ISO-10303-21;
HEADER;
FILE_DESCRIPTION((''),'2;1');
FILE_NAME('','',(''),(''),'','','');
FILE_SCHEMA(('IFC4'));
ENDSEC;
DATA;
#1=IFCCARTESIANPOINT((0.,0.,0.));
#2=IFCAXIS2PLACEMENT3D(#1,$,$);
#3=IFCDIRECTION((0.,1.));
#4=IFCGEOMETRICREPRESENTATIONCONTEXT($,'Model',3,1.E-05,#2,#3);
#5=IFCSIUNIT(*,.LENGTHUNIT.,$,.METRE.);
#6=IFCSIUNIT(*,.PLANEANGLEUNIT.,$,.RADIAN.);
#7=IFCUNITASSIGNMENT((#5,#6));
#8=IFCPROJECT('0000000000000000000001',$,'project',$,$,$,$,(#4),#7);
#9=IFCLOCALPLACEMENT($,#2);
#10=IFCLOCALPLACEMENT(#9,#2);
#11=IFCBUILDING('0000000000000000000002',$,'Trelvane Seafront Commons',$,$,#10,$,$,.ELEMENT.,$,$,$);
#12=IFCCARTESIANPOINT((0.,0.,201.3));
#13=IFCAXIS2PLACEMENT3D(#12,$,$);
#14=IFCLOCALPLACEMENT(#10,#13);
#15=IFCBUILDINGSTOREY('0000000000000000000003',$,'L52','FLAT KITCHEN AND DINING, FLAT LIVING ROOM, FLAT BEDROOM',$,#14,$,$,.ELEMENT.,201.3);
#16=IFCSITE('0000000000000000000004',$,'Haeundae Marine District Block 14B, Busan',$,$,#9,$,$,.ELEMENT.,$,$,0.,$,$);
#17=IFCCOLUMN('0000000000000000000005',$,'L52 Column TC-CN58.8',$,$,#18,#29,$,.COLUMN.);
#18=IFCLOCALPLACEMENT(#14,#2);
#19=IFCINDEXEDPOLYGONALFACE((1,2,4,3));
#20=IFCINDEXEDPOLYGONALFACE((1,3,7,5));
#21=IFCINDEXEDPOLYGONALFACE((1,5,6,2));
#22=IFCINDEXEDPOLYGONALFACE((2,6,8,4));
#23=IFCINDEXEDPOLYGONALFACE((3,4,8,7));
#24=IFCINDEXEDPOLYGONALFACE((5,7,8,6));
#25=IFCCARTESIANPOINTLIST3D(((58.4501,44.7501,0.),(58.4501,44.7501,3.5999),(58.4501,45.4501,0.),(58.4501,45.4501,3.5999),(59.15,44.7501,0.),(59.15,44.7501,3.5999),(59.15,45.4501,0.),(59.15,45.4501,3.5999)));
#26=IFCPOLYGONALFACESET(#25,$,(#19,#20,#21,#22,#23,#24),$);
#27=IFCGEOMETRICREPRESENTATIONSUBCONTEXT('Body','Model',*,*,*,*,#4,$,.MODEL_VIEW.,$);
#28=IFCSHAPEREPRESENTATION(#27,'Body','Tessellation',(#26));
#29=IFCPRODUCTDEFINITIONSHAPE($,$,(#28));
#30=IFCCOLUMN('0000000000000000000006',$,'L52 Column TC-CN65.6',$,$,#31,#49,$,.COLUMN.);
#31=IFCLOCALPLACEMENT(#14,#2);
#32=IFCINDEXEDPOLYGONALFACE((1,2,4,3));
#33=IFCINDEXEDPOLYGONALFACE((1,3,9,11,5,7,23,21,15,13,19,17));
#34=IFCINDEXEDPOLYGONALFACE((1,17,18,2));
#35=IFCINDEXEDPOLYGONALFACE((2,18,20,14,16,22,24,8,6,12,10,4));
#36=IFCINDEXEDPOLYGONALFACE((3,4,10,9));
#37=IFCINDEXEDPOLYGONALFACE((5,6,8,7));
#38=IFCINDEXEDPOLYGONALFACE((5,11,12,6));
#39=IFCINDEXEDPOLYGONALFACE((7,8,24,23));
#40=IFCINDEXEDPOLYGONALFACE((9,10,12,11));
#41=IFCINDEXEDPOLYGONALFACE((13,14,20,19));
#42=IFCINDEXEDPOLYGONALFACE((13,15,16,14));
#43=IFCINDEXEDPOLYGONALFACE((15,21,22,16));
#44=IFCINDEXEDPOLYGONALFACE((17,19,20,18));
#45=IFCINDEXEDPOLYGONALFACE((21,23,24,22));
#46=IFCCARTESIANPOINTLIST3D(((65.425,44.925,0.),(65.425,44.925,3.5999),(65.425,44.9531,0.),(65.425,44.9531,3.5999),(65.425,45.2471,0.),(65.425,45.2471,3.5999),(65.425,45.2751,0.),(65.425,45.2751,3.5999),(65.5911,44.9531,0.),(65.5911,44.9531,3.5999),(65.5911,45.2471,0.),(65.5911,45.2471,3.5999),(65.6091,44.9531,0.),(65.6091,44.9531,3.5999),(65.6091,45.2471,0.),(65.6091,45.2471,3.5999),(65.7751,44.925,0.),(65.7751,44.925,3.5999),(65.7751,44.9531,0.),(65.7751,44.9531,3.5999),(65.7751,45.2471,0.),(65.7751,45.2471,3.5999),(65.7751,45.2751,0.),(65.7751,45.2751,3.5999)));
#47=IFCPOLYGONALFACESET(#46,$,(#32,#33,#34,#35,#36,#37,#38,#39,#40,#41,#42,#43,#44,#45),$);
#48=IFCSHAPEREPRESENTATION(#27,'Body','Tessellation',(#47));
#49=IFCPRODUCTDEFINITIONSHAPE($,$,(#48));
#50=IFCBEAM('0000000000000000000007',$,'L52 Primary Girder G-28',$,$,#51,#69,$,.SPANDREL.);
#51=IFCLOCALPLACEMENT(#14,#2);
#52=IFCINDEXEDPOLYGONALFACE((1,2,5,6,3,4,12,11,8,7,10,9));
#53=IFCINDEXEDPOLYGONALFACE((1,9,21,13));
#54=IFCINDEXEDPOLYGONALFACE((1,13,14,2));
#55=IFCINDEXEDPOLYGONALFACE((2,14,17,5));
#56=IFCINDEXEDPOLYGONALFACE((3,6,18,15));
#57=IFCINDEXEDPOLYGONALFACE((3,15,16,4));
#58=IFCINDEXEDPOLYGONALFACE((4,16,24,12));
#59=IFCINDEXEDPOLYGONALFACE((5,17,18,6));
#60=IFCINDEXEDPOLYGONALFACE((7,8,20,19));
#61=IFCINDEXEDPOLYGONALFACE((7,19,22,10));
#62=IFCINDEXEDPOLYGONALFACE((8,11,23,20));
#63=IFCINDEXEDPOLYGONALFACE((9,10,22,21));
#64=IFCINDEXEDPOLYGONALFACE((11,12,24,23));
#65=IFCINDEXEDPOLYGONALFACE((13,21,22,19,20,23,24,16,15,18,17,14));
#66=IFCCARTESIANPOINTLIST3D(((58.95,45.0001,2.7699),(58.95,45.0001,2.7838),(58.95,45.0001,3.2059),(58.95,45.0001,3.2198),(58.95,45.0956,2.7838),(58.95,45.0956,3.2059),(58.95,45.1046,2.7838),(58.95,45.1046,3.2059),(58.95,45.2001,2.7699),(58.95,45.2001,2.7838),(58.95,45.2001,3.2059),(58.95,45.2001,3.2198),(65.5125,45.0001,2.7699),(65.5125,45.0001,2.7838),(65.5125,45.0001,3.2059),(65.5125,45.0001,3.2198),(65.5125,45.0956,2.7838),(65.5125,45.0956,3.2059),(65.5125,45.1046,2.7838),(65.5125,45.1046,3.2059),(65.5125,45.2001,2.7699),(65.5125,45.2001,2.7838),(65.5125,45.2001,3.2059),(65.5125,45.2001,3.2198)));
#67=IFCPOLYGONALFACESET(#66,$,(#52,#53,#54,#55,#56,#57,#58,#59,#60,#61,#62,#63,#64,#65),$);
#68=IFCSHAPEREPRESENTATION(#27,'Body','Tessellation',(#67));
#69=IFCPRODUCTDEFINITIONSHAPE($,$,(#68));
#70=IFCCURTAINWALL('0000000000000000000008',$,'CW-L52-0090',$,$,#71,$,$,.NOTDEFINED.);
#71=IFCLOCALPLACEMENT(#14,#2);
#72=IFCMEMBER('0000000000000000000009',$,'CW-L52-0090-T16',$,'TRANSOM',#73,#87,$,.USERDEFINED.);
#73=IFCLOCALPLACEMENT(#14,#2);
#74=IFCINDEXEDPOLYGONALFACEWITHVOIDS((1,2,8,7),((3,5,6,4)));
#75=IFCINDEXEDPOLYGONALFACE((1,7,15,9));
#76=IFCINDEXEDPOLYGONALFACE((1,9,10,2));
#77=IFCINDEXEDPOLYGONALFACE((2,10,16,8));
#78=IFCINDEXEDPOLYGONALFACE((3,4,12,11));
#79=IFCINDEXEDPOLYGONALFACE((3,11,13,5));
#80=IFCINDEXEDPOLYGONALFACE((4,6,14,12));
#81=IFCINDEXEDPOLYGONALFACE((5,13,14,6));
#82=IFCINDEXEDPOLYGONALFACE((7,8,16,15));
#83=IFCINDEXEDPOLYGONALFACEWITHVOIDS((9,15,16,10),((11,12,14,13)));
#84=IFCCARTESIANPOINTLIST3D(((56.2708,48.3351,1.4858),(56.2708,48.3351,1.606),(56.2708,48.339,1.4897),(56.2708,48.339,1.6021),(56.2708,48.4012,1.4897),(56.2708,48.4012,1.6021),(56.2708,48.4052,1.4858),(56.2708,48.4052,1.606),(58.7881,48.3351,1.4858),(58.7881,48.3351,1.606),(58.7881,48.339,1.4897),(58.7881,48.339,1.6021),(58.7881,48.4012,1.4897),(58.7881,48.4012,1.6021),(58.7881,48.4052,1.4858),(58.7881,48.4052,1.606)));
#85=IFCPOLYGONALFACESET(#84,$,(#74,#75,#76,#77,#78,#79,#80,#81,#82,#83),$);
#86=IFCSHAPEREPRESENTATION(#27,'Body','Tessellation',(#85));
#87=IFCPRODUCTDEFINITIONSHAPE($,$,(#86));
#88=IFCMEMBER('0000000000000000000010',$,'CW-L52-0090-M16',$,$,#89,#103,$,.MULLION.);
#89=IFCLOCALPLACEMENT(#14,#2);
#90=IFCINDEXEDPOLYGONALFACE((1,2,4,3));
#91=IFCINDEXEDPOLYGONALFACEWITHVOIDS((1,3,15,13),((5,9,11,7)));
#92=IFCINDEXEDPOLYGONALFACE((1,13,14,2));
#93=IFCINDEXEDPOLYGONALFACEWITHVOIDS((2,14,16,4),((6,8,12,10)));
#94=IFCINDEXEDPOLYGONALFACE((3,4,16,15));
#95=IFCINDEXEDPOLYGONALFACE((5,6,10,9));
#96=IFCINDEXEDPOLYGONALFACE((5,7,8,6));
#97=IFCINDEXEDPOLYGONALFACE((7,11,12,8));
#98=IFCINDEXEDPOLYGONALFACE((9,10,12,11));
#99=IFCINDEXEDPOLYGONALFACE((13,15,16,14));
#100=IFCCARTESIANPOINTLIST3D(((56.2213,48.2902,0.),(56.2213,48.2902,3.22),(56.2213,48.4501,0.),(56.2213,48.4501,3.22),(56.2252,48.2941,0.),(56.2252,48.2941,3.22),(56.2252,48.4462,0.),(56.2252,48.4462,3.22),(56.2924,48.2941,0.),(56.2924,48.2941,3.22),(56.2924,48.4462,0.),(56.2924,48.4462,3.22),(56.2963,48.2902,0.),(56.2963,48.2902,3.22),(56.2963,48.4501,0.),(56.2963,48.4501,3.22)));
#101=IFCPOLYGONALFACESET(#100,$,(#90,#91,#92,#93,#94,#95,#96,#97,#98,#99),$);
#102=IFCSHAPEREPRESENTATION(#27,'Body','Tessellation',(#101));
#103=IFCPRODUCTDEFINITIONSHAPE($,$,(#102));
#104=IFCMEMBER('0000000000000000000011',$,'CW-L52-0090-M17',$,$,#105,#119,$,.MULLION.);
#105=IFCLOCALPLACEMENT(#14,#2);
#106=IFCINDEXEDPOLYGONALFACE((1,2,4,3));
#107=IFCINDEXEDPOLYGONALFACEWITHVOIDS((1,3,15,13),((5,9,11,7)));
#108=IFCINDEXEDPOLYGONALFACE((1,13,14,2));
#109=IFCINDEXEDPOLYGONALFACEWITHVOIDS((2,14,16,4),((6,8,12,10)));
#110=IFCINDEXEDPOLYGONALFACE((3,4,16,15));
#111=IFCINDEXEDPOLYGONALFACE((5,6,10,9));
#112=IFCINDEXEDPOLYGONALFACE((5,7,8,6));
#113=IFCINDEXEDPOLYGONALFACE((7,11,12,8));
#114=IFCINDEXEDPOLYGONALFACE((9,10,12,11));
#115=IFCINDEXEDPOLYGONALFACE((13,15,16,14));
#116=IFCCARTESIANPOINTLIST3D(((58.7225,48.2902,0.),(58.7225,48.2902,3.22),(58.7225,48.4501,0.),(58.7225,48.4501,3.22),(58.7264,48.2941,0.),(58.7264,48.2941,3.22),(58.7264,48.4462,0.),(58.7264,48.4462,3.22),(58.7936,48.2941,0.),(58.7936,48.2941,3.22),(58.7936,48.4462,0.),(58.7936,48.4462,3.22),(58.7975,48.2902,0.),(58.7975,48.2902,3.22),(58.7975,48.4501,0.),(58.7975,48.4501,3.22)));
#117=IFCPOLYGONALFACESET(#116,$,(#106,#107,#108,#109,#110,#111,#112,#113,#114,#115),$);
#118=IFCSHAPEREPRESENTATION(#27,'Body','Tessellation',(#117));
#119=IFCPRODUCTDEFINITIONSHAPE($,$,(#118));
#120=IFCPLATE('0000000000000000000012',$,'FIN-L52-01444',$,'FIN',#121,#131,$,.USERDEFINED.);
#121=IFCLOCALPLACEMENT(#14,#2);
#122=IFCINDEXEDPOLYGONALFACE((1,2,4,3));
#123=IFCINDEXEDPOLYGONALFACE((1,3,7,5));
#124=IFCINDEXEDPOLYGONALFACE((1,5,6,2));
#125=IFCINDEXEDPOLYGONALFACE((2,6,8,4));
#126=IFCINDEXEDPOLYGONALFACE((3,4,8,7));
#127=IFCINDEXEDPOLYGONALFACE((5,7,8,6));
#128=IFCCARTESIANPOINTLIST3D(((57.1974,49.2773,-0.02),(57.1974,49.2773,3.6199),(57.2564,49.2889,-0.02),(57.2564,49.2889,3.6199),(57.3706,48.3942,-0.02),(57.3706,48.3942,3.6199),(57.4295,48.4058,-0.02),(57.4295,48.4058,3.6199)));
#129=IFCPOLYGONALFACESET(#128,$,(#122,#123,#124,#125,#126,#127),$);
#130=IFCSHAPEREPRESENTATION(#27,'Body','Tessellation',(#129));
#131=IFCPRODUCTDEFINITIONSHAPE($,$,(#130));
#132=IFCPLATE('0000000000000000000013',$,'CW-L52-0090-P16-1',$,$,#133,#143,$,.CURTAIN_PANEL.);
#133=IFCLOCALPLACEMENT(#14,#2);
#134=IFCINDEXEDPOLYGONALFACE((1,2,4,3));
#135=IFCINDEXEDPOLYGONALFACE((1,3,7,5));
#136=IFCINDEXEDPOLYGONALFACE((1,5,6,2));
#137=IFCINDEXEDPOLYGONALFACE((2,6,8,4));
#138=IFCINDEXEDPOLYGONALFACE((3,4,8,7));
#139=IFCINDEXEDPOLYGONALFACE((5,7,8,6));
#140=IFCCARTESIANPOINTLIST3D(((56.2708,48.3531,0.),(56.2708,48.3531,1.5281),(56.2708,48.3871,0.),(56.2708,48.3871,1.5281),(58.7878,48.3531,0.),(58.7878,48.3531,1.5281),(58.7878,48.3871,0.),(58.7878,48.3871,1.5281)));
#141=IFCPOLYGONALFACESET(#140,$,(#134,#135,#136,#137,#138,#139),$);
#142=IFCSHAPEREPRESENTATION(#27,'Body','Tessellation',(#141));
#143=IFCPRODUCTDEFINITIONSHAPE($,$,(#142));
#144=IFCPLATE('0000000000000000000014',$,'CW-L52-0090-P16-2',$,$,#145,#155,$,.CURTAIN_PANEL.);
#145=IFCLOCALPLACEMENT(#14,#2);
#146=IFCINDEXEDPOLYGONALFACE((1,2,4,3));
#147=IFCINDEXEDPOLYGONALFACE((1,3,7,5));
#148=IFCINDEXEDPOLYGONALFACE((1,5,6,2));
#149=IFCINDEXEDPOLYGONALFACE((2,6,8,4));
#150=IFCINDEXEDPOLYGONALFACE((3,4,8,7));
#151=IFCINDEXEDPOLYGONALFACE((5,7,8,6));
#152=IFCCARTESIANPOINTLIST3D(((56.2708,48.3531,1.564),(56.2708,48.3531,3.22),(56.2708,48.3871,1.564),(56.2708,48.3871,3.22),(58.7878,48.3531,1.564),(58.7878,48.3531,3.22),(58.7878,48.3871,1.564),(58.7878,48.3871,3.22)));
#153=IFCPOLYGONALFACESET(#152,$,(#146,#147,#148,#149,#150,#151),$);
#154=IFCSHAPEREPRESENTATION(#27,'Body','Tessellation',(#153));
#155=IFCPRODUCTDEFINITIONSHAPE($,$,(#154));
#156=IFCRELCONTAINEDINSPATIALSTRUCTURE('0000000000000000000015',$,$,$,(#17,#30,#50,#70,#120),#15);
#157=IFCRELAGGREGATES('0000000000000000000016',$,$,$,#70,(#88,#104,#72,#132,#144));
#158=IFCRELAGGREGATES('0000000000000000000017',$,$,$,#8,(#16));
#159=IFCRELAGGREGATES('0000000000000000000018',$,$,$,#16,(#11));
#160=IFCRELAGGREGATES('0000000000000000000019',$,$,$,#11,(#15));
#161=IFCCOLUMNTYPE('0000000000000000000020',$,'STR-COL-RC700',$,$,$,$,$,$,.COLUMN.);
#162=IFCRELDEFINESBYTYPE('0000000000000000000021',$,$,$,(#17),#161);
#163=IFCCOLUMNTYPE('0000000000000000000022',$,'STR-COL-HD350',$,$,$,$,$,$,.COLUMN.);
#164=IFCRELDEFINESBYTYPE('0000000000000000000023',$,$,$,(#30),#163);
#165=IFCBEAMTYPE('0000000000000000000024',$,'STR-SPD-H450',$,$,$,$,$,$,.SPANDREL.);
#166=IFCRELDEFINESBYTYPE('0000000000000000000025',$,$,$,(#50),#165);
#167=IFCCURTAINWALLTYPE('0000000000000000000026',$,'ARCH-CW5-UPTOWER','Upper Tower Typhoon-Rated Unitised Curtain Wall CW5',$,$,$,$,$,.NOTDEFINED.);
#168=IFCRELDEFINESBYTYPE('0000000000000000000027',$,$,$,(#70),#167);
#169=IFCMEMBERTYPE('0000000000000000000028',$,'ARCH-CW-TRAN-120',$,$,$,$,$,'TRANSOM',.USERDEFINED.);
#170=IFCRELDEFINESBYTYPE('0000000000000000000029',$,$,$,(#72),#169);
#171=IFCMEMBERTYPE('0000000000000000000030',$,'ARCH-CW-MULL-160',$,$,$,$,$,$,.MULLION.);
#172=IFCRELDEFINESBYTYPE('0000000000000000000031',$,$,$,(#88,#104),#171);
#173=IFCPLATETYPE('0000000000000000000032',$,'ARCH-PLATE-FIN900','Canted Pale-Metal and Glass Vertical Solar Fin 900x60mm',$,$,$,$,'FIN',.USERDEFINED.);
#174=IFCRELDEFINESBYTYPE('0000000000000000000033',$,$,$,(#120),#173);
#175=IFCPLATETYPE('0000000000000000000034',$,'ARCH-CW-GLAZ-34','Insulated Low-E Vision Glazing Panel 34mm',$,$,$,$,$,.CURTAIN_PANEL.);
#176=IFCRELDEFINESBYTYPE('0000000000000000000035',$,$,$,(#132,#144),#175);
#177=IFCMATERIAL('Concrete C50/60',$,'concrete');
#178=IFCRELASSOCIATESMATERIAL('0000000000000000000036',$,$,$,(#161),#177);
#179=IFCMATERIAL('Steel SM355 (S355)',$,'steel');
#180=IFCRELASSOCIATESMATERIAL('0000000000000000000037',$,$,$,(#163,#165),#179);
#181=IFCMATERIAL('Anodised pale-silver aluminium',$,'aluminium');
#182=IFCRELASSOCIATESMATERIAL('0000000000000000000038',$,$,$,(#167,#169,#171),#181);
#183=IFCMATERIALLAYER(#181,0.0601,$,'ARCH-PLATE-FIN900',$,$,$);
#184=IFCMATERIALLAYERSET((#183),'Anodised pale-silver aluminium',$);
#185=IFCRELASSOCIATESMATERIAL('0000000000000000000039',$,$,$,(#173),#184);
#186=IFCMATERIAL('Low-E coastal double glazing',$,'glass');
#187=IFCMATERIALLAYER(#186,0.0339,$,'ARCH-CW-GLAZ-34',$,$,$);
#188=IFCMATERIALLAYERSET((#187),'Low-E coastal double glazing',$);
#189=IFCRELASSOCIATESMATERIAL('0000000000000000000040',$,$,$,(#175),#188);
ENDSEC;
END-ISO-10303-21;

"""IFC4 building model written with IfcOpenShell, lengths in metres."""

from ifc_helpers import new_model, si_unit, direction, frame, origin, origin_2d, place, context, subcontext, project, spatial, rectangle, hollow_rectangle, i_section, extrude, source, transform, mapped, material, layer, layer_set, material_profile, profile_set, type_object, element, aggregate, save


model = new_model("IFC4")

# Units and contexts
model_context = context("Model", 3, precision=1e-05, world=origin(), true_north=direction((0.0, 1.0)))
body_context = subcontext(model_context, "Body", "Model", "MODEL_VIEW")
ifc_project = project(units=[si_unit("LENGTHUNIT", "METRE"), si_unit("PLANEANGLEUNIT", "RADIAN")], contexts=[model_context])

# Site, building, storey
site_placement = place(None, origin())
site = spatial("IfcSite", under=ifc_project, at=site_placement, Name="Haeundae Marine District Block 14B, Busan", CompositionType="ELEMENT", RefElevation=0.0)
building_placement = place(site_placement, origin())
building = spatial("IfcBuilding", under=site, at=building_placement, Name="Trelvane Seafront Commons", CompositionType="ELEMENT")
storey_placement = place(building_placement, frame((0.0, 0.0, 201.3)))
storey = spatial("IfcBuildingStorey", under=building, at=storey_placement, Name="L52", Description="FLAT KITCHEN AND DINING, FLAT LIVING ROOM, FLAT BEDROOM", CompositionType="ELEMENT", Elevation=201.3)

# Columns
ifc_material_1 = material(Name="Concrete C50/60", Category="concrete")
ifc_material_profile_1 = material_profile(ifc_material_1, rectangle(XDim=0.7, YDim=0.7, at=origin_2d()), Name="RC-700x700")
ifc_profile_set_1 = profile_set([ifc_material_profile_1], Name="Concrete C50/60")
column_type_1 = type_object("IfcColumnType", Name="STR-COL-RC700", PredefinedType="COLUMN", material=ifc_profile_set_1)
shared_shape_1 = source(origin(), body_context, "Body", "SweptSolid", [
    extrude(rectangle(XDim=0.7, YDim=0.7, at=origin_2d()), origin(), (0.0, 0.0, 1.0), 3.5999),
])
column_1_placement = place(storey_placement, frame((58.8, 45.1001, 0.0), z_axis=(0.0, 0.0, 1.0), x_axis=(1.0, 0.0, 0.0)))
element("IfcColumn", 1, at=column_1_placement, inside=storey, type_object=column_type_1, Name="L52 Column TC-CN58.8", PredefinedType="COLUMN", context=body_context, shape_type="MappedRepresentation", body=[
    mapped(shared_shape_1, transform((0.0, 0.0, 0.0), x_axis=(1.0, 0.0, 0.0), y_axis=(0.0, 1.0, 0.0), z_axis=(0.0, 0.0, 1.0), scale=1.0)),
])
ifc_material_2 = material(Name="Steel SM355 (S355)", Category="steel")
ifc_material_profile_2 = material_profile(ifc_material_2, i_section(OverallWidth=0.3501, OverallDepth=0.3501, WebThickness=0.0181, FlangeThickness=0.0281, at=origin_2d()), Name="HD-350x350x18x28")
ifc_profile_set_2 = profile_set([ifc_material_profile_2], Name="Steel SM355 (S355)")
column_type_2 = type_object("IfcColumnType", Name="STR-COL-HD350", PredefinedType="COLUMN", material=ifc_profile_set_2)
shared_shape_2 = source(origin(), body_context, "Body", "SweptSolid", [
    extrude(i_section(OverallWidth=0.3501, OverallDepth=0.3501, WebThickness=0.0181, FlangeThickness=0.0281, at=origin_2d()), origin(), (0.0, 0.0, 1.0), 3.5999),
])
column_2_placement = place(storey_placement, frame((65.6001, 45.1001, 0.0), z_axis=(0.0, 0.0, 1.0), x_axis=(1.0, 0.0, 0.0)))
element("IfcColumn", 2, at=column_2_placement, inside=storey, type_object=column_type_2, Name="L52 Column TC-CN65.6", PredefinedType="COLUMN", context=body_context, shape_type="MappedRepresentation", body=[
    mapped(shared_shape_2, transform((0.0, 0.0, 0.0), x_axis=(1.0, 0.0, 0.0), y_axis=(0.0, 1.0, 0.0), z_axis=(0.0, 0.0, 1.0), scale=1.0)),
])

# Beam
ifc_material_profile_3 = material_profile(ifc_material_2, i_section(OverallWidth=0.2, OverallDepth=0.45, WebThickness=0.009, FlangeThickness=0.0139, at=origin_2d()), Name="H-450x200x9x14")
ifc_profile_set_3 = profile_set([ifc_material_profile_3], Name="Steel SM355 (S355)")
beam_type = type_object("IfcBeamType", Name="STR-SPD-H450", PredefinedType="SPANDREL", material=ifc_profile_set_3)
shared_shape_3 = source(origin(), body_context, "Body", "SweptSolid", [
    extrude(i_section(OverallWidth=0.2, OverallDepth=0.45, WebThickness=0.009, FlangeThickness=0.0139, at=origin_2d()), origin(), (0.0, 0.0, 1.0), 6.5625),
])
beam_placement = place(storey_placement, frame((58.95, 45.1001, 2.9949), z_axis=(1.0, 0.0, 0.0), x_axis=(0.0, 1.0, 0.0)))
element("IfcBeam", 3, at=beam_placement, inside=storey, type_object=beam_type, Name="L52 Primary Girder G-28", PredefinedType="SPANDREL", context=body_context, shape_type="MappedRepresentation", body=[
    mapped(shared_shape_3, transform((0.0, 0.0, 0.0), x_axis=(1.0, 0.0, 0.0), y_axis=(0.0, 1.0, 0.0), z_axis=(0.0, 0.0, 1.0), scale=1.0)),
])

# Curtain wall, members
ifc_material_3 = material(Name="Anodised pale-silver aluminium", Category="aluminium")
curtain_wall_type = type_object("IfcCurtainWallType", Name="ARCH-CW5-UPTOWER", Description="Upper Tower Typhoon-Rated Unitised Curtain Wall CW5", PredefinedType="NOTDEFINED", material=ifc_material_3)
curtain_wall_placement = place(storey_placement, origin())
curtain_wall = element("IfcCurtainWall", 4, at=curtain_wall_placement, inside=storey, type_object=curtain_wall_type, Name="CW-L52-0090", PredefinedType="NOTDEFINED")
ifc_material_profile_4 = material_profile(ifc_material_3, hollow_rectangle(XDim=0.0701, YDim=0.1201, WallThickness=0.0039, at=origin_2d()), Name="TRAN-70x120x4")
ifc_profile_set_4 = profile_set([ifc_material_profile_4], Name="Anodised pale-silver aluminium")
member_type_1 = type_object("IfcMemberType", Name="ARCH-CW-TRAN-120", ElementType="TRANSOM", PredefinedType="USERDEFINED", material=ifc_profile_set_4)
shared_shape_4 = source(origin(), body_context, "Body", "SweptSolid", [
    extrude(hollow_rectangle(XDim=0.0701, YDim=0.1201, WallThickness=0.0039, at=origin_2d()), origin(), (0.0, 0.0, 1.0), 2.5173),
])
member_1_placement = place(storey_placement, frame((56.2708, 48.3701, 1.5459), z_axis=(1.0, 0.0, 0.0), x_axis=(0.0, 1.0, 0.0)))
member_1 = element("IfcMember", 5, at=member_1_placement, type_object=member_type_1, Name="CW-L52-0090-T16", ObjectType="TRANSOM", PredefinedType="USERDEFINED", context=body_context, shape_type="MappedRepresentation", body=[
    mapped(shared_shape_4, transform((0.0, 0.0, 0.0), x_axis=(1.0, 0.0, 0.0), y_axis=(0.0, 1.0, 0.0), z_axis=(0.0, 0.0, 1.0), scale=1.0)),
])
ifc_material_profile_5 = material_profile(ifc_material_3, hollow_rectangle(XDim=0.075, YDim=0.1599, WallThickness=0.0039, at=origin_2d()), Name="MULL-75x160x4")
ifc_profile_set_5 = profile_set([ifc_material_profile_5], Name="Anodised pale-silver aluminium")
member_type_2 = type_object("IfcMemberType", Name="ARCH-CW-MULL-160", PredefinedType="MULLION", material=ifc_profile_set_5)
shared_shape_5 = source(origin(), body_context, "Body", "SweptSolid", [
    extrude(hollow_rectangle(XDim=0.075, YDim=0.1599, WallThickness=0.0039, at=origin_2d()), origin(), (0.0, 0.0, 1.0), 3.22),
])
member_2_placement = place(storey_placement, frame((56.2588, 48.3701, 0.0), z_axis=(0.0, 0.0, 1.0), x_axis=(1.0, 0.0, 0.0)))
member_2 = element("IfcMember", 6, at=member_2_placement, type_object=member_type_2, Name="CW-L52-0090-M16", PredefinedType="MULLION", context=body_context, shape_type="MappedRepresentation", body=[
    mapped(shared_shape_5, transform((0.0, 0.0, 0.0), x_axis=(1.0, 0.0, 0.0), y_axis=(0.0, 1.0, 0.0), z_axis=(0.0, 0.0, 1.0), scale=1.0)),
])
member_3_placement = place(storey_placement, frame((58.76, 48.3701, 0.0), z_axis=(0.0, 0.0, 1.0), x_axis=(1.0, 0.0, 0.0)))
member_3 = element("IfcMember", 7, at=member_3_placement, type_object=member_type_2, Name="CW-L52-0090-M17", PredefinedType="MULLION", context=body_context, shape_type="MappedRepresentation", body=[
    mapped(shared_shape_5, transform((0.0, 0.0, 0.0), x_axis=(1.0, 0.0, 0.0), y_axis=(0.0, 1.0, 0.0), z_axis=(0.0, 0.0, 1.0), scale=1.0)),
])

# Plates
ifc_layer_1 = layer(ifc_material_3, 0.0601, Name="ARCH-PLATE-FIN900")
ifc_layer_set_1 = layer_set([ifc_layer_1], Name="Anodised pale-silver aluminium")
plate_type_1 = type_object("IfcPlateType", Name="ARCH-PLATE-FIN900", Description="Canted Pale-Metal and Glass Vertical Solar Fin 900x60mm", ElementType="FIN", PredefinedType="USERDEFINED", material=ifc_layer_set_1)
shared_shape_6 = source(origin(), body_context, "Body", "SweptSolid", [
    extrude(rectangle(XDim=0.8999, YDim=0.0601, at=origin_2d()), origin(), (0.0, 0.0, 1.0), 3.6399),
])
plate_1_placement = place(storey_placement, frame((57.3135, 48.8416, -0.02), z_axis=(0.0, 0.0, 1.0), x_axis=(-0.19244, 0.981309, 0.0)))
element("IfcPlate", 8, at=plate_1_placement, inside=storey, type_object=plate_type_1, Name="FIN-L52-01444", ObjectType="FIN", PredefinedType="USERDEFINED", context=body_context, shape_type="MappedRepresentation", body=[
    mapped(shared_shape_6, transform((0.0, 0.0, 0.0), x_axis=(1.0, 0.0, 0.0), y_axis=(0.0, 1.0, 0.0), z_axis=(0.0, 0.0, 1.0), scale=1.0)),
])
ifc_material_4 = material(Name="Low-E coastal double glazing", Category="glass")
ifc_layer_2 = layer(ifc_material_4, 0.0339, Name="ARCH-CW-GLAZ-34")
ifc_layer_set_2 = layer_set([ifc_layer_2], Name="Low-E coastal double glazing")
plate_type_2 = type_object("IfcPlateType", Name="ARCH-CW-GLAZ-34", Description="Insulated Low-E Vision Glazing Panel 34mm", PredefinedType="CURTAIN_PANEL", material=ifc_layer_set_2)
shared_shape_7 = source(origin(), body_context, "Body", "SweptSolid", [
    extrude(rectangle(XDim=2.5171, YDim=0.0339, at=origin_2d()), origin(), (0.0, 0.0, 1.0), 1.5281),
])
plate_2_placement = place(storey_placement, frame((57.5293, 48.3701, 0.0), z_axis=(0.0, 0.0, 1.0), x_axis=(1.0, 0.0, 0.0)))
plate_2 = element("IfcPlate", 9, at=plate_2_placement, type_object=plate_type_2, Name="CW-L52-0090-P16-1", PredefinedType="CURTAIN_PANEL", context=body_context, shape_type="MappedRepresentation", body=[
    mapped(shared_shape_7, transform((0.0, 0.0, 0.0), x_axis=(1.0, 0.0, 0.0), y_axis=(0.0, 1.0, 0.0), z_axis=(0.0, 0.0, 1.0), scale=1.0)),
])
shared_shape_8 = source(origin(), body_context, "Body", "SweptSolid", [
    extrude(rectangle(XDim=2.5171, YDim=0.0339, at=origin_2d()), origin(), (0.0, 0.0, 1.0), 1.656),
])
plate_3_placement = place(storey_placement, frame((57.5293, 48.3701, 1.564), z_axis=(0.0, 0.0, 1.0), x_axis=(1.0, 0.0, 0.0)))
plate_3 = element("IfcPlate", 10, at=plate_3_placement, type_object=plate_type_2, Name="CW-L52-0090-P16-2", PredefinedType="CURTAIN_PANEL", context=body_context, shape_type="MappedRepresentation", body=[
    mapped(shared_shape_8, transform((0.0, 0.0, 0.0), x_axis=(1.0, 0.0, 0.0), y_axis=(0.0, 1.0, 0.0), z_axis=(0.0, 0.0, 1.0), scale=1.0)),
])
aggregate(curtain_wall, [member_2, member_3, member_1, plate_2, plate_3])

save(model, "model.ifc")
